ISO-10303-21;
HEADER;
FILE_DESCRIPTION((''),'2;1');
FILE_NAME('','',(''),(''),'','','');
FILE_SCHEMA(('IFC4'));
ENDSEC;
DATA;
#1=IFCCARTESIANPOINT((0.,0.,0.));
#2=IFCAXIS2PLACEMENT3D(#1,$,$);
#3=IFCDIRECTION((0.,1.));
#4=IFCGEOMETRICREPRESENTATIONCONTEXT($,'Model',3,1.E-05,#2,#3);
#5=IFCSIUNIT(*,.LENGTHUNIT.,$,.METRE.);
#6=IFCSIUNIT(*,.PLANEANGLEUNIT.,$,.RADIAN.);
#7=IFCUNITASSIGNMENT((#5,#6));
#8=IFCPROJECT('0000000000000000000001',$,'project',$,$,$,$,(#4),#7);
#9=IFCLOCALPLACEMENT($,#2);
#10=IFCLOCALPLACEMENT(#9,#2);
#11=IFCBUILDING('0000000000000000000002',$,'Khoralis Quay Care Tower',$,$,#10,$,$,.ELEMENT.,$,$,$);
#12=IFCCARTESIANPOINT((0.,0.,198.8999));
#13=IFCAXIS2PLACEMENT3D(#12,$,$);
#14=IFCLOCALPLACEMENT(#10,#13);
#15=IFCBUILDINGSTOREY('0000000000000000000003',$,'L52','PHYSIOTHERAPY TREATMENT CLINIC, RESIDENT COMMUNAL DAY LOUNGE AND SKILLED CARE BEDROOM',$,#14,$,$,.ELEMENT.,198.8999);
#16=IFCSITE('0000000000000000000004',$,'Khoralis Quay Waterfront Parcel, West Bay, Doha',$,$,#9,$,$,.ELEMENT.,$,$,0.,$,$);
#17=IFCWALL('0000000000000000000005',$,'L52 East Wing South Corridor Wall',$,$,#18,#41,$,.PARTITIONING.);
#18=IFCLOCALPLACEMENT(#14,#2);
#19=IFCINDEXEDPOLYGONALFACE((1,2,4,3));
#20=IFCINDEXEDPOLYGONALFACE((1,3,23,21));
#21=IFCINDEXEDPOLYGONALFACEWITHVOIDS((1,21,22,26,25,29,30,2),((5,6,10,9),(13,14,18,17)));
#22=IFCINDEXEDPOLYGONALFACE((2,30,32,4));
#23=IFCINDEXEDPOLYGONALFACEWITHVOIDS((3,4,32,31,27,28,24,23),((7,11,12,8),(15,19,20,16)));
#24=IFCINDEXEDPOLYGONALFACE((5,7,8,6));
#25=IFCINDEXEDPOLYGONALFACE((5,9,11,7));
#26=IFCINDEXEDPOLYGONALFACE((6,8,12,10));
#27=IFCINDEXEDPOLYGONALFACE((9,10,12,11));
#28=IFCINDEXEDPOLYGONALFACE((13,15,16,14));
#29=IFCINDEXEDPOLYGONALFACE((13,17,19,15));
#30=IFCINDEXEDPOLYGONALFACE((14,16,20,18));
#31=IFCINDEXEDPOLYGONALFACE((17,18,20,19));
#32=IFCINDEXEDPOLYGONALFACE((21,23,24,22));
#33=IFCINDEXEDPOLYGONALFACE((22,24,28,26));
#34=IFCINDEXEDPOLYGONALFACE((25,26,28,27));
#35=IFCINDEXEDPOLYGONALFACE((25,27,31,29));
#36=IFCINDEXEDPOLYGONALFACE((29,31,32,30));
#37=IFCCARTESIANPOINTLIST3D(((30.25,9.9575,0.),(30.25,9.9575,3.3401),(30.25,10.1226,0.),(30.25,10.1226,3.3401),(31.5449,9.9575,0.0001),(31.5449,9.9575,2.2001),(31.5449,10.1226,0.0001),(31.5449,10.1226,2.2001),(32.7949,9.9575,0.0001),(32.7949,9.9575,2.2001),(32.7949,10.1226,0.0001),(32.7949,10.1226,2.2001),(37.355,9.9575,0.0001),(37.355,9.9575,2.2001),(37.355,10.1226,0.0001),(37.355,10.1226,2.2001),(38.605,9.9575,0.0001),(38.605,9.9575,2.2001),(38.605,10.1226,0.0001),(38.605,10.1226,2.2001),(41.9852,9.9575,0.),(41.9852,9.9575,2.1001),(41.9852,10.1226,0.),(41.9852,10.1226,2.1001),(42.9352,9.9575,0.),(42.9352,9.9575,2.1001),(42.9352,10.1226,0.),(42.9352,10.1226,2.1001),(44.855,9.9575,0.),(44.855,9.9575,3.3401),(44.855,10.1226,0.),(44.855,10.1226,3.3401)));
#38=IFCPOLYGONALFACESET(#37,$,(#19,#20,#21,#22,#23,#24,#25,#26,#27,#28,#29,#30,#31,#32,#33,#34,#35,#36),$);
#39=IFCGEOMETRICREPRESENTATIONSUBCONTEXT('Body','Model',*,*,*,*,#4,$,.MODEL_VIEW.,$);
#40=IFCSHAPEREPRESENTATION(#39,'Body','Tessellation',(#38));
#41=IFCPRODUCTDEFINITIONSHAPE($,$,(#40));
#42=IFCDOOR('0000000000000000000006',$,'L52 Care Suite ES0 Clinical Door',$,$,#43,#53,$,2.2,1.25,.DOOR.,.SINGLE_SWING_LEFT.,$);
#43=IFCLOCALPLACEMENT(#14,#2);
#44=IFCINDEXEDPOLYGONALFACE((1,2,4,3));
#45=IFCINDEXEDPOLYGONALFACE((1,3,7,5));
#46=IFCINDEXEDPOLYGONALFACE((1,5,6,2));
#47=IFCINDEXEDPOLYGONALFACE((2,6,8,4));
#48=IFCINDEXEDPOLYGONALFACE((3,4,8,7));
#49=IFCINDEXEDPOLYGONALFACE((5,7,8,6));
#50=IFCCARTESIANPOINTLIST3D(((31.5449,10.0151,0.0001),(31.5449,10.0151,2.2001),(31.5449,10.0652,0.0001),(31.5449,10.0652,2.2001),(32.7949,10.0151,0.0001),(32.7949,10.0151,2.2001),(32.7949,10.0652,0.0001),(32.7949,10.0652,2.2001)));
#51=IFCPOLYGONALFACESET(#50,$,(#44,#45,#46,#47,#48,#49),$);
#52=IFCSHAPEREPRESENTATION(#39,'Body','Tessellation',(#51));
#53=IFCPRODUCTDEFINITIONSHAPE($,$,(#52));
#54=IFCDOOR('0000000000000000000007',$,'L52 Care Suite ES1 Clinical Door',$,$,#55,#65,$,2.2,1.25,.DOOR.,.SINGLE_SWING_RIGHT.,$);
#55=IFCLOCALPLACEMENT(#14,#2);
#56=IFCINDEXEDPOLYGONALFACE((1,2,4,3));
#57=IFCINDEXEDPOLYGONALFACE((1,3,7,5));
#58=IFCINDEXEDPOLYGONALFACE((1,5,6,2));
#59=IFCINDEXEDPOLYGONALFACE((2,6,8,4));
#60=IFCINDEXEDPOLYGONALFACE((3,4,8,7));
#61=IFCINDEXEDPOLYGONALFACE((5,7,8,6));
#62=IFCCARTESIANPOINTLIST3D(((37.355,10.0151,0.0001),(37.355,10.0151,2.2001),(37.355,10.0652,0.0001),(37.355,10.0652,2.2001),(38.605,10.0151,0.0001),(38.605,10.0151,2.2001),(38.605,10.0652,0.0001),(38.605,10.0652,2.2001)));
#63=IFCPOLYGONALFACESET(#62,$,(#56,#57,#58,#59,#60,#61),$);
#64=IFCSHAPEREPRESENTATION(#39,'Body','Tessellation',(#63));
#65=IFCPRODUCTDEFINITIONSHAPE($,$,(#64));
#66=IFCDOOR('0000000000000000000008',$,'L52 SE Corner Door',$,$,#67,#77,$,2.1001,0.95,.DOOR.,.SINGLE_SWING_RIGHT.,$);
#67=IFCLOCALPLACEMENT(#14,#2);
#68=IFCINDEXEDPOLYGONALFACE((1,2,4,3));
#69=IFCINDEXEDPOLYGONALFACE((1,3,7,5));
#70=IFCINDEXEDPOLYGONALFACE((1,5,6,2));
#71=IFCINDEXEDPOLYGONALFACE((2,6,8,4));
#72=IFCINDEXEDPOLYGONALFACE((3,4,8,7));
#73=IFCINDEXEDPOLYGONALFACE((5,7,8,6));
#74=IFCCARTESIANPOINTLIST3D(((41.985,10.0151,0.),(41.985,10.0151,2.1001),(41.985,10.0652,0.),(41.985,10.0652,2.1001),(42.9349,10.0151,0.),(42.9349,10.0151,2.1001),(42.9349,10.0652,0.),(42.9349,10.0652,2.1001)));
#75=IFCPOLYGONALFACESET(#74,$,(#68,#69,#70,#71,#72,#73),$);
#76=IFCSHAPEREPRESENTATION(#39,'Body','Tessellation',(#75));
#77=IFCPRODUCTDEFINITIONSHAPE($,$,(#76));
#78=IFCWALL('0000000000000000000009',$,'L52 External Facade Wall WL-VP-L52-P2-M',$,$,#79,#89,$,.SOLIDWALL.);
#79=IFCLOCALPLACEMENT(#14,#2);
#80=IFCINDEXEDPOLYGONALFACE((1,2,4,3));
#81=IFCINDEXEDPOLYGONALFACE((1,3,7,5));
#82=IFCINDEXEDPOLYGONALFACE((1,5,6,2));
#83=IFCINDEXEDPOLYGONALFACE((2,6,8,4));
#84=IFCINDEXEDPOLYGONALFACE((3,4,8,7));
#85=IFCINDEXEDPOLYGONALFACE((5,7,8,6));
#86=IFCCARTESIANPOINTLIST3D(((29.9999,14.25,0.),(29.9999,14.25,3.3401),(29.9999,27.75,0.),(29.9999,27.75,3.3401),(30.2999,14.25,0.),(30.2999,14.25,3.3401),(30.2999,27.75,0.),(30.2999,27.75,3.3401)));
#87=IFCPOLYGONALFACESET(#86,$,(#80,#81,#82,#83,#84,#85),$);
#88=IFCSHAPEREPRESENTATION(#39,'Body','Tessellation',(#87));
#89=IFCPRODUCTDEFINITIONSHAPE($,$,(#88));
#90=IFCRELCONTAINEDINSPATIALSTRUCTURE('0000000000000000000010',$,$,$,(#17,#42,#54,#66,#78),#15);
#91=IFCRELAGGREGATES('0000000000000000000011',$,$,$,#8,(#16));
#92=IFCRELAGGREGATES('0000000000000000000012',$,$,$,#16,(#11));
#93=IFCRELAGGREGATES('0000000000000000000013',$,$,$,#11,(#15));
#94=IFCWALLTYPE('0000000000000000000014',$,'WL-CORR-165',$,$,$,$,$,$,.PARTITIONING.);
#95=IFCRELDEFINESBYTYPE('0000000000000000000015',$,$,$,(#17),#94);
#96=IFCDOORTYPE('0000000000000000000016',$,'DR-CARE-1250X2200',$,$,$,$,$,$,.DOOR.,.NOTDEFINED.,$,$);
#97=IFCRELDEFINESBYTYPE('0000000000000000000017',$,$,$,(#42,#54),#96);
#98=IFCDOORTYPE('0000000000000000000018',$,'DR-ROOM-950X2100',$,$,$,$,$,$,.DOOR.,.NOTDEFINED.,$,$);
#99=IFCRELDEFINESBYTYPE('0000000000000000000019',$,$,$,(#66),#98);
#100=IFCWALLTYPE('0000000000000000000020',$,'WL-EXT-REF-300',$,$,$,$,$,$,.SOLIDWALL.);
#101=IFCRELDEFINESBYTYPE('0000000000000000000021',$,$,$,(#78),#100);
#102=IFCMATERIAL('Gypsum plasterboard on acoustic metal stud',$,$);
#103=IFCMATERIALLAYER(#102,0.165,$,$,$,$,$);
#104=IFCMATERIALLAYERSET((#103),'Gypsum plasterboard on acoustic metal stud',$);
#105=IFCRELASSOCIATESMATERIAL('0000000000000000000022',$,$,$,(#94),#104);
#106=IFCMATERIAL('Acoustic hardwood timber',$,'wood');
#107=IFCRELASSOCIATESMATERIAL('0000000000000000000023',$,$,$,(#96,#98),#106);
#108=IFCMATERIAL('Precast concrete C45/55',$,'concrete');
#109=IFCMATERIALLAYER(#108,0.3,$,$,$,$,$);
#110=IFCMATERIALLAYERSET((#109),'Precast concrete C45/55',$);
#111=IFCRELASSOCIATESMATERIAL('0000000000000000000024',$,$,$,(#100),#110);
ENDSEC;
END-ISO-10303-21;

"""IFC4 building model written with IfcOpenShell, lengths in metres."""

from ifc_helpers import new_model, si_unit, direction, frame, frame_2d, origin, place, context, subcontext, project, spatial, rectangle, extrude, source, transform, mapped, material, layer, layer_set, type_object, element, fill, save


model = new_model("IFC4")

# Units and contexts
model_context = context("Model", 3, precision=1e-05, world=origin(), true_north=direction((0.0, 1.0)))
body_context = subcontext(model_context, "Body", "Model", "MODEL_VIEW")
ifc_project = project(units=[si_unit("LENGTHUNIT", "METRE"), si_unit("PLANEANGLEUNIT", "RADIAN")], contexts=[model_context])

# Site, building, storey
site_placement = place(None, origin())
site = spatial("IfcSite", under=ifc_project, at=site_placement, Name="Khoralis Quay Waterfront Parcel, West Bay, Doha", CompositionType="ELEMENT", RefElevation=0.0)
building_placement = place(site_placement, origin())
building = spatial("IfcBuilding", under=site, at=building_placement, Name="Khoralis Quay Care Tower", CompositionType="ELEMENT")
storey_placement = place(building_placement, frame((0.0, 0.0, 198.8999)))
storey = spatial("IfcBuildingStorey", under=building, at=storey_placement, Name="L52", Description="PHYSIOTHERAPY TREATMENT CLINIC, RESIDENT COMMUNAL DAY LOUNGE AND SKILLED CARE BEDROOM", CompositionType="ELEMENT", Elevation=198.8999)

# Shared definitions
ifc_material_1 = material(Name="Gypsum plasterboard on acoustic metal stud")

# Wall, openings, doors
ifc_layer_1 = layer(ifc_material_1, 0.165)
ifc_layer_set_1 = layer_set([ifc_layer_1], Name="Gypsum plasterboard on acoustic metal stud")
wall_type_1 = type_object("IfcWallType", Name="WL-CORR-165", PredefinedType="PARTITIONING", material=ifc_layer_set_1)
wall_1_placement = place(storey_placement, frame((30.25, 10.04, 0.0), z_axis=(0.0, 0.0, 1.0), x_axis=(1.0, 0.0, 0.0)))
wall_1 = element("IfcWall", 1, at=wall_1_placement, inside=storey, type_object=wall_type_1, Name="L52 East Wing South Corridor Wall", PredefinedType="PARTITIONING", context=body_context, shape_type="SweptSolid", body=[
    extrude(rectangle(XDim=14.605, YDim=0.165, at=frame_2d((7.3025, 0.0))), origin(), (0.0, 0.0, 1.0), 3.3401),
])
opening_1_placement = place(wall_1_placement, frame((1.2949, 0.0, 0.0)))
opening_1 = element("IfcOpeningElement", 2, at=opening_1_placement, cuts=wall_1, PredefinedType="OPENING", context=body_context, shape_type="SweptSolid", body=[
    extrude(rectangle(XDim=1.25, YDim=2.2, at=frame_2d((0.625, 1.1001))), frame((0.0, 0.0925, 0.0), z_axis=(0.0, -1.0, 0.0), x_axis=(1.0, 0.0, 0.0)), (0.0, 0.0, 1.0), 0.1851),
])
opening_2_placement = place(wall_1_placement, frame((7.105, 0.0, 0.0)))
opening_2 = element("IfcOpeningElement", 3, at=opening_2_placement, cuts=wall_1, PredefinedType="OPENING", context=body_context, shape_type="SweptSolid", body=[
    extrude(rectangle(XDim=1.25, YDim=2.2, at=frame_2d((0.625, 1.1001))), frame((0.0, 0.0925, 0.0), z_axis=(0.0, -1.0, 0.0), x_axis=(1.0, 0.0, 0.0)), (0.0, 0.0, 1.0), 0.1851),
])
opening_3_placement = place(wall_1_placement, frame((11.7351, 0.0, 0.0)))
opening_3 = element("IfcOpeningElement", 4, at=opening_3_placement, cuts=wall_1, PredefinedType="OPENING", context=body_context, shape_type="SweptSolid", body=[
    extrude(rectangle(XDim=0.95, YDim=2.1001, at=frame_2d((0.4751, 1.05))), frame((0.0, 0.0925, 0.0), z_axis=(0.0, -1.0, 0.0), x_axis=(1.0, 0.0, 0.0)), (0.0, 0.0, 1.0), 0.1851),
])
ifc_material_2 = material(Name="Acoustic hardwood timber", Category="wood")
door_type_1 = type_object("IfcDoorType", Name="DR-CARE-1250X2200", OperationType="NOTDEFINED", PredefinedType="DOOR", material=ifc_material_2)
shared_shape_1 = source(origin(), body_context, "Body", "SweptSolid", [
    extrude(rectangle(XDim=1.25, YDim=2.2, at=frame_2d((0.625, 1.1001))), frame((0.0, 0.0249, 0.0), z_axis=(0.0, -1.0, 0.0), x_axis=(1.0, 0.0, 0.0)), (0.0, 0.0, 1.0), 0.05),
])
door_1_placement = place(opening_1_placement, frame((1.25, 0.0, 0.0), z_axis=(0.0, 0.0, 1.0), x_axis=(-1.0, 0.0, 0.0)))
door_1 = element("IfcDoor", 5, at=door_1_placement, inside=storey, type_object=door_type_1, Name="L52 Care Suite ES0 Clinical Door", OperationType="SINGLE_SWING_LEFT", OverallHeight=2.2, OverallWidth=1.25, PredefinedType="DOOR", context=body_context, shape_type="MappedRepresentation", body=[
    mapped(shared_shape_1, transform((0.0, 0.0, 0.0), scale=1.0)),
])
fill(opening_1, door_1)
door_2_placement = place(opening_2_placement, frame((1.25, 0.0, 0.0), z_axis=(0.0, 0.0, 1.0), x_axis=(-1.0, 0.0, 0.0)))
door_2 = element("IfcDoor", 6, at=door_2_placement, inside=storey, type_object=door_type_1, Name="L52 Care Suite ES1 Clinical Door", OperationType="SINGLE_SWING_RIGHT", OverallHeight=2.2, OverallWidth=1.25, PredefinedType="DOOR", context=body_context, shape_type="MappedRepresentation", body=[
    mapped(shared_shape_1, transform((0.0, 0.0, 0.0), scale=1.0)),
])
fill(opening_2, door_2)
door_type_2 = type_object("IfcDoorType", Name="DR-ROOM-950X2100", OperationType="NOTDEFINED", PredefinedType="DOOR", material=ifc_material_2)
shared_shape_2 = source(origin(), body_context, "Body", "SweptSolid", [
    extrude(rectangle(XDim=0.95, YDim=2.1001, at=frame_2d((0.4751, 1.05))), frame((0.0, 0.0249, 0.0), z_axis=(0.0, -1.0, 0.0), x_axis=(1.0, 0.0, 0.0)), (0.0, 0.0, 1.0), 0.05),
])
door_3_placement = place(opening_3_placement, frame((0.95, 0.0, 0.0), z_axis=(0.0, 0.0, 1.0), x_axis=(-1.0, 0.0, 0.0)))
door_3 = element("IfcDoor", 7, at=door_3_placement, inside=storey, type_object=door_type_2, Name="L52 SE Corner Door", OperationType="SINGLE_SWING_RIGHT", OverallHeight=2.1001, OverallWidth=0.95, PredefinedType="DOOR", context=body_context, shape_type="MappedRepresentation", body=[
    mapped(shared_shape_2, transform((0.0, 0.0, 0.0), scale=1.0)),
])
fill(opening_3, door_3)

# Wall
ifc_material_3 = material(Name="Precast concrete C45/55", Category="concrete")
ifc_layer_2 = layer(ifc_material_3, 0.3)
ifc_layer_set_2 = layer_set([ifc_layer_2], Name="Precast concrete C45/55")
wall_type_2 = type_object("IfcWallType", Name="WL-EXT-REF-300", PredefinedType="SOLIDWALL", material=ifc_layer_set_2)
wall_2_placement = place(storey_placement, frame((30.1499, 14.25, 0.0), z_axis=(0.0, 0.0, 1.0), x_axis=(0.0, 1.0, 0.0)))
element("IfcWall", 8, at=wall_2_placement, inside=storey, type_object=wall_type_2, Name="L52 External Facade Wall WL-VP-L52-P2-M", PredefinedType="SOLIDWALL", context=body_context, shape_type="SweptSolid", body=[
    extrude(rectangle(XDim=13.5, YDim=0.3, at=frame_2d((6.75, 0.0))), origin(), (0.0, 0.0, 1.0), 3.3401),
])

save(model, "model.ifc")
